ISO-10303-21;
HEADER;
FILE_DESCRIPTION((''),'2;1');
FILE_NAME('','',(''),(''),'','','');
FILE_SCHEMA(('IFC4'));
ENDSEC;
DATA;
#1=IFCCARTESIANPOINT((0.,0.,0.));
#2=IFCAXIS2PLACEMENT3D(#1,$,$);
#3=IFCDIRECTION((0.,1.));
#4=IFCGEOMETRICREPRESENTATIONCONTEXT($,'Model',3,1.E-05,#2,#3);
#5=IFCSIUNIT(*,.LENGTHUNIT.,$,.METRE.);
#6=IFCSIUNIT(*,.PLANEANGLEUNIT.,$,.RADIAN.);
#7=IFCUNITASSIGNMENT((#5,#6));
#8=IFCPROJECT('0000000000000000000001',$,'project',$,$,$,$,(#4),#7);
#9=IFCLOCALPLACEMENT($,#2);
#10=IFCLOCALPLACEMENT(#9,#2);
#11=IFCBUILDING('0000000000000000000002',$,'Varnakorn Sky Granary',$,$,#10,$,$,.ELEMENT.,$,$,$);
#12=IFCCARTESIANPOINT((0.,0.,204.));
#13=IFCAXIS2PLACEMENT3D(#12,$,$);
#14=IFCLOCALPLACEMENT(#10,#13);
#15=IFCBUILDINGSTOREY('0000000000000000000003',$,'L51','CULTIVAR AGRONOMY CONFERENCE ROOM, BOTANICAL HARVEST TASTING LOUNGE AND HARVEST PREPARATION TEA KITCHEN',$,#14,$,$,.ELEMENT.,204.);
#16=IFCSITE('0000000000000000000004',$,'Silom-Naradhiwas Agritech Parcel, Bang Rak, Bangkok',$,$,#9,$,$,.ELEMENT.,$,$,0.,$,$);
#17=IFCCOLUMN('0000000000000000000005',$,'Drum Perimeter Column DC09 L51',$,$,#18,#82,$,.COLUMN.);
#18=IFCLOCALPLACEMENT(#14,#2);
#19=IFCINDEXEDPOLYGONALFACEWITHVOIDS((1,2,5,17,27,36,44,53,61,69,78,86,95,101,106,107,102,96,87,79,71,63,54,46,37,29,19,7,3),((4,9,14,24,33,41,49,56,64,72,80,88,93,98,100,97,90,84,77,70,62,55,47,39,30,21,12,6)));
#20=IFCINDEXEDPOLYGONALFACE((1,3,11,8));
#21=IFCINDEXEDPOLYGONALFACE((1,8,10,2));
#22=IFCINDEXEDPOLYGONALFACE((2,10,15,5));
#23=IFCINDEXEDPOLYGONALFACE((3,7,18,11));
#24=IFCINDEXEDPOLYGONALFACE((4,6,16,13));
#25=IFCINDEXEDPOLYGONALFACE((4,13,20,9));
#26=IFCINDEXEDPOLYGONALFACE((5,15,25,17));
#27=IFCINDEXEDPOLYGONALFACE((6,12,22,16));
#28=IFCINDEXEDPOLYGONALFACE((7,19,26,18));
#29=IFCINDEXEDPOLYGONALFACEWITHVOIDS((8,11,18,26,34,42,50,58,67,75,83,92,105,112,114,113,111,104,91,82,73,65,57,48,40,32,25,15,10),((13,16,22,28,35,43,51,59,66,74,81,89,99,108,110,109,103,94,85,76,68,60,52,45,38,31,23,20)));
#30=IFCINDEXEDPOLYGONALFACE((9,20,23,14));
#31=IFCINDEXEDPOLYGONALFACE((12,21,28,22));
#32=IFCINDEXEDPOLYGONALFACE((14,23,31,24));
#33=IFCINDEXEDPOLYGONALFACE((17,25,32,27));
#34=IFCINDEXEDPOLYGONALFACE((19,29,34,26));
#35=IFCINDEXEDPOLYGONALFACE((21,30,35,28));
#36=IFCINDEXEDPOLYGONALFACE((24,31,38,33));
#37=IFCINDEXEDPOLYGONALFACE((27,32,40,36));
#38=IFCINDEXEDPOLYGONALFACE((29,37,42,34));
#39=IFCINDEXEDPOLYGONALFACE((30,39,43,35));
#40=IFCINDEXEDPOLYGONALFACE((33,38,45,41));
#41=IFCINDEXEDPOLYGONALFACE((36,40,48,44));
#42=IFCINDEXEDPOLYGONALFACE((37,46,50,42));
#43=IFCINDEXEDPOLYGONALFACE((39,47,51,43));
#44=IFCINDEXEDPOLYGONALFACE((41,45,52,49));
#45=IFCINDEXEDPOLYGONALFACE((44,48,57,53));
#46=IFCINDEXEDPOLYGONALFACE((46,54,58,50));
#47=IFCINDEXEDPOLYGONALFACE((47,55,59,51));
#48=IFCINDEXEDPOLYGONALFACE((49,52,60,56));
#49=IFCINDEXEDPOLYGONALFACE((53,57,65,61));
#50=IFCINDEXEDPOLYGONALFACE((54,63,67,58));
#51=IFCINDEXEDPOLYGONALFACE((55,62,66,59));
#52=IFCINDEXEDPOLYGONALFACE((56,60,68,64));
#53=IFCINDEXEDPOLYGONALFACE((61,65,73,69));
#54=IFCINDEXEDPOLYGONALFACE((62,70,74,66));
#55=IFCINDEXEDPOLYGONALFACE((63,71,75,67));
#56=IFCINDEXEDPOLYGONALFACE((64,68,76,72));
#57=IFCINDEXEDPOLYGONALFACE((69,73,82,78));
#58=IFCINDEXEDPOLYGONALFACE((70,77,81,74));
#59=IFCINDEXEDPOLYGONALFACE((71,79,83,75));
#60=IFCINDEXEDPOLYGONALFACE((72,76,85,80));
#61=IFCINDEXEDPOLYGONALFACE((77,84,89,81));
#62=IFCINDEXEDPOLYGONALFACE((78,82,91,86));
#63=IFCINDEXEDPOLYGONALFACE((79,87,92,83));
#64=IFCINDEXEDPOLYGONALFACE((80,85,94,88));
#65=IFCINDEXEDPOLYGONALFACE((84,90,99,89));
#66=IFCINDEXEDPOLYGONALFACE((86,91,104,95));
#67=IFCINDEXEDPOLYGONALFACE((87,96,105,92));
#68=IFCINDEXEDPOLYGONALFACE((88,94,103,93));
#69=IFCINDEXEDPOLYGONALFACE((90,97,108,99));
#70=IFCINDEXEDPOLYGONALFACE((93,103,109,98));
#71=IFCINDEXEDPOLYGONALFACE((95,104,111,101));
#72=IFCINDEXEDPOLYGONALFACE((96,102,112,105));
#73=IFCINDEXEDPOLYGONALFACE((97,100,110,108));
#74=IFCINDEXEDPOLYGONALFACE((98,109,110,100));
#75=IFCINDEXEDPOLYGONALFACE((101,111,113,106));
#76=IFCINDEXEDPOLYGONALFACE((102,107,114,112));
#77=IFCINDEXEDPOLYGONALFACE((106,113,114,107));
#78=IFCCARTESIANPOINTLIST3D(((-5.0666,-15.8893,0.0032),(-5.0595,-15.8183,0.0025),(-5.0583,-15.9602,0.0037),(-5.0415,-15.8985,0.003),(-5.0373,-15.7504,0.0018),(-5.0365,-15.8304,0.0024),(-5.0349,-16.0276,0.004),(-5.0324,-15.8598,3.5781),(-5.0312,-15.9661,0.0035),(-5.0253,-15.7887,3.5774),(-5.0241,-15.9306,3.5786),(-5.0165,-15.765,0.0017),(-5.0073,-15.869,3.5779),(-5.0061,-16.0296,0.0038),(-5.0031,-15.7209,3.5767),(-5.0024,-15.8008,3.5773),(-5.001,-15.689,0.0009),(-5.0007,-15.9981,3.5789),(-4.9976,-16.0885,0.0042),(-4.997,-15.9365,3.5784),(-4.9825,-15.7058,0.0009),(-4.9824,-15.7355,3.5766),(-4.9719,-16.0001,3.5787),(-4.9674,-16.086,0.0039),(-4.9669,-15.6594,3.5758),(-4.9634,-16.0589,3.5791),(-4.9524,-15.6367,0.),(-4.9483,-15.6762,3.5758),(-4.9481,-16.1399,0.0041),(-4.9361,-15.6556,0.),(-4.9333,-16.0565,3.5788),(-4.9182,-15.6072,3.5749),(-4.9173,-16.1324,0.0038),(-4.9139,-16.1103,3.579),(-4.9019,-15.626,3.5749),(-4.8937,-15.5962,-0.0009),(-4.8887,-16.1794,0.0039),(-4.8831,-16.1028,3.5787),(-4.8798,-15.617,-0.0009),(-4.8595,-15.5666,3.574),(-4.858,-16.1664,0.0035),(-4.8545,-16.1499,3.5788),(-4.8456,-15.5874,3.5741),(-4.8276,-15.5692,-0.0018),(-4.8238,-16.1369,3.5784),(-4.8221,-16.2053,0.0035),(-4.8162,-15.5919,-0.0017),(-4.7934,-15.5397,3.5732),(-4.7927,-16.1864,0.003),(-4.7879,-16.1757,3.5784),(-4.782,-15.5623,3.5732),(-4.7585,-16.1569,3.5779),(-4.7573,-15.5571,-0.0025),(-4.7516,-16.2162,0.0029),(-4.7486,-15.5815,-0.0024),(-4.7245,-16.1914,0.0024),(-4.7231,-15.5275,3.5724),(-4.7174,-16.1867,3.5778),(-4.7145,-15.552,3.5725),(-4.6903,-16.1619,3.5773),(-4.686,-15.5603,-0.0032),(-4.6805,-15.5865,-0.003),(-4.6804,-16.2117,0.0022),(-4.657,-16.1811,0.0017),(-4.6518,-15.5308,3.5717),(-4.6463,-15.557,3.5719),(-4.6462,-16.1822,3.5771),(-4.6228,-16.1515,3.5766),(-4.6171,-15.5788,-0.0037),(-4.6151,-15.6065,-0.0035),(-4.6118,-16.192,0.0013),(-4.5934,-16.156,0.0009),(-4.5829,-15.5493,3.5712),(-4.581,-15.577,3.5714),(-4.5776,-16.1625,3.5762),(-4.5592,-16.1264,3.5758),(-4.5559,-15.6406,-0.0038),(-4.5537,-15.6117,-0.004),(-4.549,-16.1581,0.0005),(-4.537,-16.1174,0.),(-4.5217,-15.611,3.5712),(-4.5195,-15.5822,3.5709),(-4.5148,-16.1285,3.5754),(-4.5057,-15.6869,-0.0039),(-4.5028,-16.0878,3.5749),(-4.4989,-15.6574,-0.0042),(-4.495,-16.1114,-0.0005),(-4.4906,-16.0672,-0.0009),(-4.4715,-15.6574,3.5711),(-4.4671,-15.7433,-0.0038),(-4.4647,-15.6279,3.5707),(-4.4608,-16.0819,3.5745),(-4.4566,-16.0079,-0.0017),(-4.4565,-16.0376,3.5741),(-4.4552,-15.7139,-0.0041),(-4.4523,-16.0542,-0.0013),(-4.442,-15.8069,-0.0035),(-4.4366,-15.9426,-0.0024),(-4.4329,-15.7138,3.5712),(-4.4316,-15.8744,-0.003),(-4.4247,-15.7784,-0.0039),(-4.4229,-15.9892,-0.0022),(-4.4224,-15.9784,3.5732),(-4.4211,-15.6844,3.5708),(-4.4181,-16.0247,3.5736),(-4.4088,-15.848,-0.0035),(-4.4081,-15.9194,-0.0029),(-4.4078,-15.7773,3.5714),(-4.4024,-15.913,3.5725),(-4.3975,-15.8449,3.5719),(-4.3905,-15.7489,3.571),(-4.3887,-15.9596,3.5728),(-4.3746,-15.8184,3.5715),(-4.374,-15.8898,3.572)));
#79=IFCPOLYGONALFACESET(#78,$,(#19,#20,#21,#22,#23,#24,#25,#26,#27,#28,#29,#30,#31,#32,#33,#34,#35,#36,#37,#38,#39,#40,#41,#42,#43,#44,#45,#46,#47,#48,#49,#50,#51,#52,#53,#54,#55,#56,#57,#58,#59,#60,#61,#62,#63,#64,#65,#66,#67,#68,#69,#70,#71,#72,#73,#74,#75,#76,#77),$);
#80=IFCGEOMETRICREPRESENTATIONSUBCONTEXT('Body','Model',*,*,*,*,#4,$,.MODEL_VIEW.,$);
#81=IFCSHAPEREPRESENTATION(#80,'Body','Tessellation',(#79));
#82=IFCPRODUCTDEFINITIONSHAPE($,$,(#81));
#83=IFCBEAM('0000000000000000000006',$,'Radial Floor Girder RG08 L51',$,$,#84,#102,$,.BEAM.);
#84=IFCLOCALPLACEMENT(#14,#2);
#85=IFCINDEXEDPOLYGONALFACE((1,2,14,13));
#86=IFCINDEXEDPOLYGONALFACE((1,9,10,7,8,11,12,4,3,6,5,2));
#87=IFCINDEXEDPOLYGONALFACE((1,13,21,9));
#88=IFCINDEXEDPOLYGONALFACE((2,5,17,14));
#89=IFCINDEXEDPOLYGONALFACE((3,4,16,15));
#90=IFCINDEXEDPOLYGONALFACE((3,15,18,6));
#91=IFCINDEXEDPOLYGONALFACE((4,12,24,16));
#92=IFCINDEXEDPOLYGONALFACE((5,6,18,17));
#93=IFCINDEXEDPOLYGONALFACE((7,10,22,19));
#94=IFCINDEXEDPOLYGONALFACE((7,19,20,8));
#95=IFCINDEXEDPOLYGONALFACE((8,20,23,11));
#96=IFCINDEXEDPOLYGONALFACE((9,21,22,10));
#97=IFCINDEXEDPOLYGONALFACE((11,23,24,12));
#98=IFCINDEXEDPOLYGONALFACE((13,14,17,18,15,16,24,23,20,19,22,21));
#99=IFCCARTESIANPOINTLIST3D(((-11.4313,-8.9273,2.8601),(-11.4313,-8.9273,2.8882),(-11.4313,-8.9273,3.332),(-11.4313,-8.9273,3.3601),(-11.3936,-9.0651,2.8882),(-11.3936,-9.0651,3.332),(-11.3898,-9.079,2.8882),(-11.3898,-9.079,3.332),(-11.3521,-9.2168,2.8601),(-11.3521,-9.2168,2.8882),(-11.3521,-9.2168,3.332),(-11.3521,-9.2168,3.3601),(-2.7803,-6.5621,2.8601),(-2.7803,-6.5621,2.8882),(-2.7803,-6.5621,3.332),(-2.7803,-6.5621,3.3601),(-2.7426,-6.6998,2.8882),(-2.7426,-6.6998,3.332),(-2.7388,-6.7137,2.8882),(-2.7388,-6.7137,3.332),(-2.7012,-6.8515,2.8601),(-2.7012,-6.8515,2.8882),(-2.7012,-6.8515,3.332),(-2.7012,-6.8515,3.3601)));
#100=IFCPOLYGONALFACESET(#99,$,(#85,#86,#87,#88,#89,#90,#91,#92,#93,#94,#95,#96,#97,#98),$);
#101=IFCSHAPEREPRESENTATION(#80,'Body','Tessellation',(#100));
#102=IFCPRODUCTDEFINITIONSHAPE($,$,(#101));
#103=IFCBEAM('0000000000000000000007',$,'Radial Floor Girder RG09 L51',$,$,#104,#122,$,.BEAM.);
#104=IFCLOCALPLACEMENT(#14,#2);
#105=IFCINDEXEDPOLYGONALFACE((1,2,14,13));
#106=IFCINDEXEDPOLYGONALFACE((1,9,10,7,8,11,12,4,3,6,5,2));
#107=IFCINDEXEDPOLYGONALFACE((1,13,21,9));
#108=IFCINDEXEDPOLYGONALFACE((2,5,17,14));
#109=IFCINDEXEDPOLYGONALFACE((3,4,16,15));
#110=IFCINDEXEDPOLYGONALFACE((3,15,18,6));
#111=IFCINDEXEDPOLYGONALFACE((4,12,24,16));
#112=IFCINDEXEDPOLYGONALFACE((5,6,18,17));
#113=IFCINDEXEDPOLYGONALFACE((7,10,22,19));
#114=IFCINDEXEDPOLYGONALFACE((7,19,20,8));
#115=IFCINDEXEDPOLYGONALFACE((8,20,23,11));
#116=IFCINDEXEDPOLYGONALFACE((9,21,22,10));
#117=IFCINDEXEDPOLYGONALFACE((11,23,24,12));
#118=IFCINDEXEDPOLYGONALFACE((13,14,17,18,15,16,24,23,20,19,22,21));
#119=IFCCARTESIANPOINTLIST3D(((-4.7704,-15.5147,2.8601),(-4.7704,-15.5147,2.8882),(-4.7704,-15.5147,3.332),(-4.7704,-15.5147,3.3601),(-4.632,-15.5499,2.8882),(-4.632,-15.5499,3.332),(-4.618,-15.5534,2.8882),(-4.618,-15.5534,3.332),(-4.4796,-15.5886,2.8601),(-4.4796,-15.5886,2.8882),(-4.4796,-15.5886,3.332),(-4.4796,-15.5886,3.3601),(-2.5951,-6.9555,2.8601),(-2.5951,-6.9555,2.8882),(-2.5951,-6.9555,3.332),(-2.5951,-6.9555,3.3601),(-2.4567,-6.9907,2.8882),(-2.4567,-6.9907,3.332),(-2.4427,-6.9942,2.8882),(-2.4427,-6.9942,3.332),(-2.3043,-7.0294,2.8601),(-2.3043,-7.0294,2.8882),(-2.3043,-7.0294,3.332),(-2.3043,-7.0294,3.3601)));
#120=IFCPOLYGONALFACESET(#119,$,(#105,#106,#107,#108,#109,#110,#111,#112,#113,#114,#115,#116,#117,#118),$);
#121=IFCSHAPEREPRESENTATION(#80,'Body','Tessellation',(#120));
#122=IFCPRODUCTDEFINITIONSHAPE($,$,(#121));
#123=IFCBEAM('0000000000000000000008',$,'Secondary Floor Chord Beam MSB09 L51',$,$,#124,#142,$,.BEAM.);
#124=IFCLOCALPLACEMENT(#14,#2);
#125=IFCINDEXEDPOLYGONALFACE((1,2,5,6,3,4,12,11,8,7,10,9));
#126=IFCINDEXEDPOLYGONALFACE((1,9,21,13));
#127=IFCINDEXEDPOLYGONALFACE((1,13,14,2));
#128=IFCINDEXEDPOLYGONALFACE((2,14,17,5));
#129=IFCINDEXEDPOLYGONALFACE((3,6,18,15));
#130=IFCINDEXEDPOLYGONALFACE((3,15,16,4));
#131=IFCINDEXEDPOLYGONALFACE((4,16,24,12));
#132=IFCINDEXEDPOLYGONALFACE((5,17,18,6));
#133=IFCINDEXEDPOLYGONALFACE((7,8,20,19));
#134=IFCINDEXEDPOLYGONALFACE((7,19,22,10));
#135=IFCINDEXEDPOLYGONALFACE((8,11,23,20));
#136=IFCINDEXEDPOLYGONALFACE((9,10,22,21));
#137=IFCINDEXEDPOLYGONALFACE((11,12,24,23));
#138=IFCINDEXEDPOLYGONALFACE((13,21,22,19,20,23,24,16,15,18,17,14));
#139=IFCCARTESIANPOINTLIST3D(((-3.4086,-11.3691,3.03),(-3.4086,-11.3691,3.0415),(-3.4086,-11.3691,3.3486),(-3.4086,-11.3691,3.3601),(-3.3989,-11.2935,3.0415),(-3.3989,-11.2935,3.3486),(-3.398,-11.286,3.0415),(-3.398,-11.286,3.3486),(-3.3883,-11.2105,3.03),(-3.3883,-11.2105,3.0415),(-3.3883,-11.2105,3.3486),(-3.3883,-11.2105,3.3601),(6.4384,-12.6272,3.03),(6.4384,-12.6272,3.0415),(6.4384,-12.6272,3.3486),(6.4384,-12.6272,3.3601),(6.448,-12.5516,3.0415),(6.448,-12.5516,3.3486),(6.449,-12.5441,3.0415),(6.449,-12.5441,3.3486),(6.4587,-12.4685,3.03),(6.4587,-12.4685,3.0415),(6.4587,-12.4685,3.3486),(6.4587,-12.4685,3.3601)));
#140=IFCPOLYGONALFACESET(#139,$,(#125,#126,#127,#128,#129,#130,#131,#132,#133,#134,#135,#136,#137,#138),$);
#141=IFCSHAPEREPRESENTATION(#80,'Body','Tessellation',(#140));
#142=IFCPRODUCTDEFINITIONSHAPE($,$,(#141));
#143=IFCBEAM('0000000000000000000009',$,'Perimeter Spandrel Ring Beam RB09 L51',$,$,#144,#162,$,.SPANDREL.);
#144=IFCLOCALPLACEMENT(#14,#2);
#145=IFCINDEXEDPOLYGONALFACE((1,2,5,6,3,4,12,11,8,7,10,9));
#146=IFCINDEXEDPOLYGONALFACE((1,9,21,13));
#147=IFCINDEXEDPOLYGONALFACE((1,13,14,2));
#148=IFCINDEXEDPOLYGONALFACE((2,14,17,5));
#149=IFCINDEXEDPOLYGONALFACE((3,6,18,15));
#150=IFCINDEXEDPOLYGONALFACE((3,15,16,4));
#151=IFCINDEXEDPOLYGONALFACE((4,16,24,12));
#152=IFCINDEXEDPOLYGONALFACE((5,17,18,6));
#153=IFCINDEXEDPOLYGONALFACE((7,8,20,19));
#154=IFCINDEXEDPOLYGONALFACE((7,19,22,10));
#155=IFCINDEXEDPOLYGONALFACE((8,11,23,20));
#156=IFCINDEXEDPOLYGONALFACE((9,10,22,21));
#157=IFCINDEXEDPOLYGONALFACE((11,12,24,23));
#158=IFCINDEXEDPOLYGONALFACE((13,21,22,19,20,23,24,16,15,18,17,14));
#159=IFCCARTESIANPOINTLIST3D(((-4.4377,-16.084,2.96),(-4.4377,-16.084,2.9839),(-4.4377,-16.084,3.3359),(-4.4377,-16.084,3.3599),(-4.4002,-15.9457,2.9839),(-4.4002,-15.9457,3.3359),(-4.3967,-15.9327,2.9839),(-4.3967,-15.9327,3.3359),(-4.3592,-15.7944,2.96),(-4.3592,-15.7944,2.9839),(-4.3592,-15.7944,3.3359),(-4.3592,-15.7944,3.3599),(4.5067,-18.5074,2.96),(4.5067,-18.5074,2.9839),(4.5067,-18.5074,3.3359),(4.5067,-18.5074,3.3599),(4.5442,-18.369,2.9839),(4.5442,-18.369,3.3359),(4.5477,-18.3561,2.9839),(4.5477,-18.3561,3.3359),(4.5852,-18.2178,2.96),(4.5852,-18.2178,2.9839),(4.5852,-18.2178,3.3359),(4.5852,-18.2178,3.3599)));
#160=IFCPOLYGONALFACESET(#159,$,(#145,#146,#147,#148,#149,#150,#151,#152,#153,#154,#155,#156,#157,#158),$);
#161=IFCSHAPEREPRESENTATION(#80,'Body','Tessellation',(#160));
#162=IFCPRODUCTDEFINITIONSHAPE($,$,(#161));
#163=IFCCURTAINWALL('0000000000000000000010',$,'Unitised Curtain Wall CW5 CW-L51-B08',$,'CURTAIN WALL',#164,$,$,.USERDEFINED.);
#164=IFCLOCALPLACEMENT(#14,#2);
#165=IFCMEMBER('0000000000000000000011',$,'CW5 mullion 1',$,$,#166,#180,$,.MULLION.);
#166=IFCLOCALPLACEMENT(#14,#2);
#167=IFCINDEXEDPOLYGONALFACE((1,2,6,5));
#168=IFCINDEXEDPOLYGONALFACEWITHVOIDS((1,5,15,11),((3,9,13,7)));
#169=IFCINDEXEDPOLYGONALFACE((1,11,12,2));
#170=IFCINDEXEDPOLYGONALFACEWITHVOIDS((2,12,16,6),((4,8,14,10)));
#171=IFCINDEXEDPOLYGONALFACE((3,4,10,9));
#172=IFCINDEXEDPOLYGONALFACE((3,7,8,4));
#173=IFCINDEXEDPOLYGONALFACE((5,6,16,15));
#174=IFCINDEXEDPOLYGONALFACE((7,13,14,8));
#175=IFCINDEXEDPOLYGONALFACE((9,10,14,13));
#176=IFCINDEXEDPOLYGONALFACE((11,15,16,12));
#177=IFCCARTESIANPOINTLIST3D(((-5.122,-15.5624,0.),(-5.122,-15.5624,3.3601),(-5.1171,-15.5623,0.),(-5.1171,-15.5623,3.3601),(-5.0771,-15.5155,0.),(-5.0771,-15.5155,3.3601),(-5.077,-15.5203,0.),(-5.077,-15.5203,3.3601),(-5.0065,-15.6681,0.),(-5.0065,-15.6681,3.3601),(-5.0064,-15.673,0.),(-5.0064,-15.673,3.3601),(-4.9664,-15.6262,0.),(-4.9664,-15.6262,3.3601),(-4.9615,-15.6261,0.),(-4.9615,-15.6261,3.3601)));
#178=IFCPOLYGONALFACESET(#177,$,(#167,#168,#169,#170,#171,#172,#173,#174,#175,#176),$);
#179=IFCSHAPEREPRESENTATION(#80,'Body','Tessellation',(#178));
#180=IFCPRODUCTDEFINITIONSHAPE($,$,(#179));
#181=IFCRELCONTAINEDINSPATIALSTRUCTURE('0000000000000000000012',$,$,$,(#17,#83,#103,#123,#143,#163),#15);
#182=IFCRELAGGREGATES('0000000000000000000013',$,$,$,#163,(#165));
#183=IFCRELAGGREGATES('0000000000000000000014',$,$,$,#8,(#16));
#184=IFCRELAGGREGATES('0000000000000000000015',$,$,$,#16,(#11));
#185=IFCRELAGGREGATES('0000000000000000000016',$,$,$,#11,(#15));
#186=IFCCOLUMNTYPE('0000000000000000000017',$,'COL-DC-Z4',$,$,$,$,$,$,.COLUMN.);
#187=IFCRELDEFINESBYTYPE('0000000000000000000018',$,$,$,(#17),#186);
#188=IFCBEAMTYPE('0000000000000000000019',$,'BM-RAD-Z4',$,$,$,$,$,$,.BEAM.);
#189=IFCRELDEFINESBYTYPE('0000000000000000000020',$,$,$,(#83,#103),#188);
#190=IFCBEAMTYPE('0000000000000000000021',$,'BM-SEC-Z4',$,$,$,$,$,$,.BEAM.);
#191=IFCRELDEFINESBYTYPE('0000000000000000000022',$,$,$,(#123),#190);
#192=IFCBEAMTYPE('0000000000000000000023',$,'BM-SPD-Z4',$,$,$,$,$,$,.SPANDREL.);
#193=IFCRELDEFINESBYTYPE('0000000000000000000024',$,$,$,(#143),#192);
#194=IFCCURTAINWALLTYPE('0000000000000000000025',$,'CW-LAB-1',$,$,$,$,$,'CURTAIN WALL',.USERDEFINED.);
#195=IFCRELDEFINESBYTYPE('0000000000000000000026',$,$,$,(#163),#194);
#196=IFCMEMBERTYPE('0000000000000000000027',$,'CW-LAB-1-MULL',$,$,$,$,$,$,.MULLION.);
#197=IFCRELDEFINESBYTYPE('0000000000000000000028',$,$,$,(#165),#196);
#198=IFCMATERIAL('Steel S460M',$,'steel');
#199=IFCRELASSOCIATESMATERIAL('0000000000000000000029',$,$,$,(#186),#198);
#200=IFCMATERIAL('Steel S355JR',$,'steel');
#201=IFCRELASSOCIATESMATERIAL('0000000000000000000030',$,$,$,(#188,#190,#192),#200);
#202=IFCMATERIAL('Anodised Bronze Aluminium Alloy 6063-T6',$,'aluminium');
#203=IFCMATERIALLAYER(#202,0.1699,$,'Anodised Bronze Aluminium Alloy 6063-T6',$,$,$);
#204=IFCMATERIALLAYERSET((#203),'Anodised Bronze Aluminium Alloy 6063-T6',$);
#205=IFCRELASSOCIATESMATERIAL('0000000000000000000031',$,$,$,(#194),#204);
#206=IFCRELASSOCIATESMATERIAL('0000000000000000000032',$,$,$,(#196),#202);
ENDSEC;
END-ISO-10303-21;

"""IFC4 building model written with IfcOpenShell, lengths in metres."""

from ifc_helpers import new_model, si_unit, direction, frame, origin, origin_2d, place, context, subcontext, project, spatial, hollow_rectangle, hollow_circle, i_section, extrude, material, layer, layer_set, material_profile, profile_set, type_object, element, aggregate, save


model = new_model("IFC4")

# Units and contexts
model_context = context("Model", 3, precision=1e-05, world=origin(), true_north=direction((0.0, 1.0)))
body_context = subcontext(model_context, "Body", "Model", "MODEL_VIEW")
ifc_project = project(units=[si_unit("LENGTHUNIT", "METRE"), si_unit("PLANEANGLEUNIT", "RADIAN")], contexts=[model_context])

# Site, building, storey
site_placement = place(None, origin())
site = spatial("IfcSite", under=ifc_project, at=site_placement, Name="Silom-Naradhiwas Agritech Parcel, Bang Rak, Bangkok", CompositionType="ELEMENT", RefElevation=0.0)
building_placement = place(site_placement, origin())
building = spatial("IfcBuilding", under=site, at=building_placement, Name="Varnakorn Sky Granary", CompositionType="ELEMENT")
storey_placement = place(building_placement, frame((0.0, 0.0, 204.0)))
storey = spatial("IfcBuildingStorey", under=building, at=storey_placement, Name="L51", Description="CULTIVAR AGRONOMY CONFERENCE ROOM, BOTANICAL HARVEST TASTING LOUNGE AND HARVEST PREPARATION TEA KITCHEN", CompositionType="ELEMENT", Elevation=204.0)

# Column
ifc_material_1 = material(Name="Steel S460M", Category="steel")
ifc_material_profile_1 = material_profile(ifc_material_1, hollow_circle(Radius=0.3301, WallThickness=0.0249, at=origin_2d()), Name="CHS 660x25")
ifc_profile_set_1 = profile_set([ifc_material_profile_1], Name="Steel S460M")
column_type = type_object("IfcColumnType", Name="COL-DC-Z4", PredefinedType="COLUMN", material=ifc_profile_set_1)
column_placement = place(storey_placement, frame((-4.7366, -15.8865, 0.0), z_axis=(0.00956, 0.008263, 0.99992), x_axis=(-0.653901, 0.75658, 0.0)))
element("IfcColumn", 1, at=column_placement, inside=storey, type_object=column_type, Name="Drum Perimeter Column DC09 L51", PredefinedType="COLUMN", context=body_context, shape_type="SweptSolid", body=[
    extrude(hollow_circle(Radius=0.3301, WallThickness=0.0249, at=origin_2d()), origin(), (0.0, 0.0, 1.0), 3.5752),
])

# Beams
ifc_material_2 = material(Name="Steel S355JR", Category="steel")
ifc_material_profile_2 = material_profile(ifc_material_2, i_section(OverallWidth=0.3, OverallDepth=0.5, WebThickness=0.0144, FlangeThickness=0.0281, at=origin_2d()), Name="HE 500 B")
ifc_profile_set_2 = profile_set([ifc_material_profile_2], Name="Steel S355JR")
beam_type_1 = type_object("IfcBeamType", Name="BM-RAD-Z4", PredefinedType="BEAM", material=ifc_profile_set_2)
beam_1_placement = place(storey_placement, frame((-2.7407, -6.7068, 3.1101), z_axis=(-0.964597, -0.26373, 0.0), x_axis=(0.26373, -0.964597, 0.0)))
element("IfcBeam", 2, at=beam_1_placement, inside=storey, type_object=beam_type_1, Name="Radial Floor Girder RG08 L51", PredefinedType="BEAM", context=body_context, shape_type="SweptSolid", body=[
    extrude(i_section(OverallWidth=0.3, OverallDepth=0.5, WebThickness=0.0144, FlangeThickness=0.0281, at=origin_2d()), origin(), (0.0, 0.0, 1.0), 8.9685),
])
beam_2_placement = place(storey_placement, frame((-2.4497, -6.9924, 3.1101), z_axis=(-0.24632, -0.969189, 0.0), x_axis=(0.969189, -0.24632, 0.0)))
element("IfcBeam", 3, at=beam_2_placement, inside=storey, type_object=beam_type_1, Name="Radial Floor Girder RG09 L51", PredefinedType="BEAM", context=body_context, shape_type="SweptSolid", body=[
    extrude(i_section(OverallWidth=0.3, OverallDepth=0.5, WebThickness=0.0144, FlangeThickness=0.0281, at=origin_2d()), origin(), (0.0, 0.0, 1.0), 8.8313),
])
ifc_material_profile_3 = material_profile(ifc_material_2, i_section(OverallWidth=0.1599, OverallDepth=0.3301, WebThickness=0.0076, FlangeThickness=0.0115, at=origin_2d()), Name="IPE 330")
ifc_profile_set_3 = profile_set([ifc_material_profile_3], Name="Steel S355JR")
beam_type_2 = type_object("IfcBeamType", Name="BM-SEC-Z4", PredefinedType="BEAM", material=ifc_profile_set_3)
beam_3_placement = place(storey_placement, frame((-3.3984, -11.2898, 3.1951), z_axis=(0.991937, -0.126731, 0.0), x_axis=(0.126731, 0.991937, 0.0)))
element("IfcBeam", 4, at=beam_3_placement, inside=storey, type_object=beam_type_2, Name="Secondary Floor Chord Beam MSB09 L51", PredefinedType="BEAM", context=body_context, shape_type="SweptSolid", body=[
    extrude(i_section(OverallWidth=0.1599, OverallDepth=0.3301, WebThickness=0.0076, FlangeThickness=0.0115, at=origin_2d()), origin(), (0.0, 0.0, 1.0), 9.927),
])
ifc_material_profile_4 = material_profile(ifc_material_2, i_section(OverallWidth=0.3, OverallDepth=0.3999, WebThickness=0.0134, FlangeThickness=0.0239, at=origin_2d()), Name="HE 400 B")
ifc_profile_set_4 = profile_set([ifc_material_profile_4], Name="Steel S355JR")
beam_type_3 = type_object("IfcBeamType", Name="BM-SPD-Z4", PredefinedType="SPANDREL", material=ifc_profile_set_4)
beam_4_placement = place(storey_placement, frame((-4.3984, -15.9392, 3.1599), z_axis=(0.965201, -0.261508, 0.0), x_axis=(0.261508, 0.965201, 0.0)))
element("IfcBeam", 5, at=beam_4_placement, inside=storey, type_object=beam_type_3, Name="Perimeter Spandrel Ring Beam RB09 L51", PredefinedType="SPANDREL", context=body_context, shape_type="SweptSolid", body=[
    extrude(i_section(OverallWidth=0.3, OverallDepth=0.3999, WebThickness=0.0134, FlangeThickness=0.0239, at=origin_2d()), origin(), (0.0, 0.0, 1.0), 9.2668),
])

# Curtain wall, member
ifc_material_3 = material(Name="Anodised Bronze Aluminium Alloy 6063-T6", Category="aluminium")
ifc_layer_1 = layer(ifc_material_3, 0.1699, Name="Anodised Bronze Aluminium Alloy 6063-T6")
ifc_layer_set_1 = layer_set([ifc_layer_1], Name="Anodised Bronze Aluminium Alloy 6063-T6")
curtain_wall_type = type_object("IfcCurtainWallType", Name="CW-LAB-1", ElementType="CURTAIN WALL", PredefinedType="USERDEFINED", material=ifc_layer_set_1)
curtain_wall_placement = place(storey_placement, origin())
curtain_wall = element("IfcCurtainWall", 6, at=curtain_wall_placement, inside=storey, type_object=curtain_wall_type, Name="Unitised Curtain Wall CW5 CW-L51-B08", ObjectType="CURTAIN WALL", PredefinedType="USERDEFINED")
ifc_material_profile_5 = material_profile(ifc_material_3, hollow_rectangle(XDim=0.0649, YDim=0.1599, WallThickness=0.0034, at=origin_2d()), Name="ALU MULL 65x160")
ifc_profile_set_5 = profile_set([ifc_material_profile_5], Name="Anodised Bronze Aluminium Alloy 6063-T6")
member_type_1 = type_object("IfcMemberType", Name="CW-LAB-1-MULL", PredefinedType="MULLION", material=ifc_profile_set_5)
member_1_placement = place(storey_placement, frame((-5.0417, -15.5942, 0.0), z_axis=(0.0, 0.0, 1.0), x_axis=(-0.691317, -0.722551, 0.0)))
member_1 = element("IfcMember", 7, at=member_1_placement, type_object=member_type_1, Name="CW5 mullion 1", PredefinedType="MULLION", context=body_context, shape_type="SweptSolid", body=[
    extrude(hollow_rectangle(XDim=0.0649, YDim=0.1599, WallThickness=0.0034, at=origin_2d()), origin(), (0.0, 0.0, 1.0), 3.3601),
])

aggregate(curtain_wall, [member_1])

save(model, "model.ifc")
